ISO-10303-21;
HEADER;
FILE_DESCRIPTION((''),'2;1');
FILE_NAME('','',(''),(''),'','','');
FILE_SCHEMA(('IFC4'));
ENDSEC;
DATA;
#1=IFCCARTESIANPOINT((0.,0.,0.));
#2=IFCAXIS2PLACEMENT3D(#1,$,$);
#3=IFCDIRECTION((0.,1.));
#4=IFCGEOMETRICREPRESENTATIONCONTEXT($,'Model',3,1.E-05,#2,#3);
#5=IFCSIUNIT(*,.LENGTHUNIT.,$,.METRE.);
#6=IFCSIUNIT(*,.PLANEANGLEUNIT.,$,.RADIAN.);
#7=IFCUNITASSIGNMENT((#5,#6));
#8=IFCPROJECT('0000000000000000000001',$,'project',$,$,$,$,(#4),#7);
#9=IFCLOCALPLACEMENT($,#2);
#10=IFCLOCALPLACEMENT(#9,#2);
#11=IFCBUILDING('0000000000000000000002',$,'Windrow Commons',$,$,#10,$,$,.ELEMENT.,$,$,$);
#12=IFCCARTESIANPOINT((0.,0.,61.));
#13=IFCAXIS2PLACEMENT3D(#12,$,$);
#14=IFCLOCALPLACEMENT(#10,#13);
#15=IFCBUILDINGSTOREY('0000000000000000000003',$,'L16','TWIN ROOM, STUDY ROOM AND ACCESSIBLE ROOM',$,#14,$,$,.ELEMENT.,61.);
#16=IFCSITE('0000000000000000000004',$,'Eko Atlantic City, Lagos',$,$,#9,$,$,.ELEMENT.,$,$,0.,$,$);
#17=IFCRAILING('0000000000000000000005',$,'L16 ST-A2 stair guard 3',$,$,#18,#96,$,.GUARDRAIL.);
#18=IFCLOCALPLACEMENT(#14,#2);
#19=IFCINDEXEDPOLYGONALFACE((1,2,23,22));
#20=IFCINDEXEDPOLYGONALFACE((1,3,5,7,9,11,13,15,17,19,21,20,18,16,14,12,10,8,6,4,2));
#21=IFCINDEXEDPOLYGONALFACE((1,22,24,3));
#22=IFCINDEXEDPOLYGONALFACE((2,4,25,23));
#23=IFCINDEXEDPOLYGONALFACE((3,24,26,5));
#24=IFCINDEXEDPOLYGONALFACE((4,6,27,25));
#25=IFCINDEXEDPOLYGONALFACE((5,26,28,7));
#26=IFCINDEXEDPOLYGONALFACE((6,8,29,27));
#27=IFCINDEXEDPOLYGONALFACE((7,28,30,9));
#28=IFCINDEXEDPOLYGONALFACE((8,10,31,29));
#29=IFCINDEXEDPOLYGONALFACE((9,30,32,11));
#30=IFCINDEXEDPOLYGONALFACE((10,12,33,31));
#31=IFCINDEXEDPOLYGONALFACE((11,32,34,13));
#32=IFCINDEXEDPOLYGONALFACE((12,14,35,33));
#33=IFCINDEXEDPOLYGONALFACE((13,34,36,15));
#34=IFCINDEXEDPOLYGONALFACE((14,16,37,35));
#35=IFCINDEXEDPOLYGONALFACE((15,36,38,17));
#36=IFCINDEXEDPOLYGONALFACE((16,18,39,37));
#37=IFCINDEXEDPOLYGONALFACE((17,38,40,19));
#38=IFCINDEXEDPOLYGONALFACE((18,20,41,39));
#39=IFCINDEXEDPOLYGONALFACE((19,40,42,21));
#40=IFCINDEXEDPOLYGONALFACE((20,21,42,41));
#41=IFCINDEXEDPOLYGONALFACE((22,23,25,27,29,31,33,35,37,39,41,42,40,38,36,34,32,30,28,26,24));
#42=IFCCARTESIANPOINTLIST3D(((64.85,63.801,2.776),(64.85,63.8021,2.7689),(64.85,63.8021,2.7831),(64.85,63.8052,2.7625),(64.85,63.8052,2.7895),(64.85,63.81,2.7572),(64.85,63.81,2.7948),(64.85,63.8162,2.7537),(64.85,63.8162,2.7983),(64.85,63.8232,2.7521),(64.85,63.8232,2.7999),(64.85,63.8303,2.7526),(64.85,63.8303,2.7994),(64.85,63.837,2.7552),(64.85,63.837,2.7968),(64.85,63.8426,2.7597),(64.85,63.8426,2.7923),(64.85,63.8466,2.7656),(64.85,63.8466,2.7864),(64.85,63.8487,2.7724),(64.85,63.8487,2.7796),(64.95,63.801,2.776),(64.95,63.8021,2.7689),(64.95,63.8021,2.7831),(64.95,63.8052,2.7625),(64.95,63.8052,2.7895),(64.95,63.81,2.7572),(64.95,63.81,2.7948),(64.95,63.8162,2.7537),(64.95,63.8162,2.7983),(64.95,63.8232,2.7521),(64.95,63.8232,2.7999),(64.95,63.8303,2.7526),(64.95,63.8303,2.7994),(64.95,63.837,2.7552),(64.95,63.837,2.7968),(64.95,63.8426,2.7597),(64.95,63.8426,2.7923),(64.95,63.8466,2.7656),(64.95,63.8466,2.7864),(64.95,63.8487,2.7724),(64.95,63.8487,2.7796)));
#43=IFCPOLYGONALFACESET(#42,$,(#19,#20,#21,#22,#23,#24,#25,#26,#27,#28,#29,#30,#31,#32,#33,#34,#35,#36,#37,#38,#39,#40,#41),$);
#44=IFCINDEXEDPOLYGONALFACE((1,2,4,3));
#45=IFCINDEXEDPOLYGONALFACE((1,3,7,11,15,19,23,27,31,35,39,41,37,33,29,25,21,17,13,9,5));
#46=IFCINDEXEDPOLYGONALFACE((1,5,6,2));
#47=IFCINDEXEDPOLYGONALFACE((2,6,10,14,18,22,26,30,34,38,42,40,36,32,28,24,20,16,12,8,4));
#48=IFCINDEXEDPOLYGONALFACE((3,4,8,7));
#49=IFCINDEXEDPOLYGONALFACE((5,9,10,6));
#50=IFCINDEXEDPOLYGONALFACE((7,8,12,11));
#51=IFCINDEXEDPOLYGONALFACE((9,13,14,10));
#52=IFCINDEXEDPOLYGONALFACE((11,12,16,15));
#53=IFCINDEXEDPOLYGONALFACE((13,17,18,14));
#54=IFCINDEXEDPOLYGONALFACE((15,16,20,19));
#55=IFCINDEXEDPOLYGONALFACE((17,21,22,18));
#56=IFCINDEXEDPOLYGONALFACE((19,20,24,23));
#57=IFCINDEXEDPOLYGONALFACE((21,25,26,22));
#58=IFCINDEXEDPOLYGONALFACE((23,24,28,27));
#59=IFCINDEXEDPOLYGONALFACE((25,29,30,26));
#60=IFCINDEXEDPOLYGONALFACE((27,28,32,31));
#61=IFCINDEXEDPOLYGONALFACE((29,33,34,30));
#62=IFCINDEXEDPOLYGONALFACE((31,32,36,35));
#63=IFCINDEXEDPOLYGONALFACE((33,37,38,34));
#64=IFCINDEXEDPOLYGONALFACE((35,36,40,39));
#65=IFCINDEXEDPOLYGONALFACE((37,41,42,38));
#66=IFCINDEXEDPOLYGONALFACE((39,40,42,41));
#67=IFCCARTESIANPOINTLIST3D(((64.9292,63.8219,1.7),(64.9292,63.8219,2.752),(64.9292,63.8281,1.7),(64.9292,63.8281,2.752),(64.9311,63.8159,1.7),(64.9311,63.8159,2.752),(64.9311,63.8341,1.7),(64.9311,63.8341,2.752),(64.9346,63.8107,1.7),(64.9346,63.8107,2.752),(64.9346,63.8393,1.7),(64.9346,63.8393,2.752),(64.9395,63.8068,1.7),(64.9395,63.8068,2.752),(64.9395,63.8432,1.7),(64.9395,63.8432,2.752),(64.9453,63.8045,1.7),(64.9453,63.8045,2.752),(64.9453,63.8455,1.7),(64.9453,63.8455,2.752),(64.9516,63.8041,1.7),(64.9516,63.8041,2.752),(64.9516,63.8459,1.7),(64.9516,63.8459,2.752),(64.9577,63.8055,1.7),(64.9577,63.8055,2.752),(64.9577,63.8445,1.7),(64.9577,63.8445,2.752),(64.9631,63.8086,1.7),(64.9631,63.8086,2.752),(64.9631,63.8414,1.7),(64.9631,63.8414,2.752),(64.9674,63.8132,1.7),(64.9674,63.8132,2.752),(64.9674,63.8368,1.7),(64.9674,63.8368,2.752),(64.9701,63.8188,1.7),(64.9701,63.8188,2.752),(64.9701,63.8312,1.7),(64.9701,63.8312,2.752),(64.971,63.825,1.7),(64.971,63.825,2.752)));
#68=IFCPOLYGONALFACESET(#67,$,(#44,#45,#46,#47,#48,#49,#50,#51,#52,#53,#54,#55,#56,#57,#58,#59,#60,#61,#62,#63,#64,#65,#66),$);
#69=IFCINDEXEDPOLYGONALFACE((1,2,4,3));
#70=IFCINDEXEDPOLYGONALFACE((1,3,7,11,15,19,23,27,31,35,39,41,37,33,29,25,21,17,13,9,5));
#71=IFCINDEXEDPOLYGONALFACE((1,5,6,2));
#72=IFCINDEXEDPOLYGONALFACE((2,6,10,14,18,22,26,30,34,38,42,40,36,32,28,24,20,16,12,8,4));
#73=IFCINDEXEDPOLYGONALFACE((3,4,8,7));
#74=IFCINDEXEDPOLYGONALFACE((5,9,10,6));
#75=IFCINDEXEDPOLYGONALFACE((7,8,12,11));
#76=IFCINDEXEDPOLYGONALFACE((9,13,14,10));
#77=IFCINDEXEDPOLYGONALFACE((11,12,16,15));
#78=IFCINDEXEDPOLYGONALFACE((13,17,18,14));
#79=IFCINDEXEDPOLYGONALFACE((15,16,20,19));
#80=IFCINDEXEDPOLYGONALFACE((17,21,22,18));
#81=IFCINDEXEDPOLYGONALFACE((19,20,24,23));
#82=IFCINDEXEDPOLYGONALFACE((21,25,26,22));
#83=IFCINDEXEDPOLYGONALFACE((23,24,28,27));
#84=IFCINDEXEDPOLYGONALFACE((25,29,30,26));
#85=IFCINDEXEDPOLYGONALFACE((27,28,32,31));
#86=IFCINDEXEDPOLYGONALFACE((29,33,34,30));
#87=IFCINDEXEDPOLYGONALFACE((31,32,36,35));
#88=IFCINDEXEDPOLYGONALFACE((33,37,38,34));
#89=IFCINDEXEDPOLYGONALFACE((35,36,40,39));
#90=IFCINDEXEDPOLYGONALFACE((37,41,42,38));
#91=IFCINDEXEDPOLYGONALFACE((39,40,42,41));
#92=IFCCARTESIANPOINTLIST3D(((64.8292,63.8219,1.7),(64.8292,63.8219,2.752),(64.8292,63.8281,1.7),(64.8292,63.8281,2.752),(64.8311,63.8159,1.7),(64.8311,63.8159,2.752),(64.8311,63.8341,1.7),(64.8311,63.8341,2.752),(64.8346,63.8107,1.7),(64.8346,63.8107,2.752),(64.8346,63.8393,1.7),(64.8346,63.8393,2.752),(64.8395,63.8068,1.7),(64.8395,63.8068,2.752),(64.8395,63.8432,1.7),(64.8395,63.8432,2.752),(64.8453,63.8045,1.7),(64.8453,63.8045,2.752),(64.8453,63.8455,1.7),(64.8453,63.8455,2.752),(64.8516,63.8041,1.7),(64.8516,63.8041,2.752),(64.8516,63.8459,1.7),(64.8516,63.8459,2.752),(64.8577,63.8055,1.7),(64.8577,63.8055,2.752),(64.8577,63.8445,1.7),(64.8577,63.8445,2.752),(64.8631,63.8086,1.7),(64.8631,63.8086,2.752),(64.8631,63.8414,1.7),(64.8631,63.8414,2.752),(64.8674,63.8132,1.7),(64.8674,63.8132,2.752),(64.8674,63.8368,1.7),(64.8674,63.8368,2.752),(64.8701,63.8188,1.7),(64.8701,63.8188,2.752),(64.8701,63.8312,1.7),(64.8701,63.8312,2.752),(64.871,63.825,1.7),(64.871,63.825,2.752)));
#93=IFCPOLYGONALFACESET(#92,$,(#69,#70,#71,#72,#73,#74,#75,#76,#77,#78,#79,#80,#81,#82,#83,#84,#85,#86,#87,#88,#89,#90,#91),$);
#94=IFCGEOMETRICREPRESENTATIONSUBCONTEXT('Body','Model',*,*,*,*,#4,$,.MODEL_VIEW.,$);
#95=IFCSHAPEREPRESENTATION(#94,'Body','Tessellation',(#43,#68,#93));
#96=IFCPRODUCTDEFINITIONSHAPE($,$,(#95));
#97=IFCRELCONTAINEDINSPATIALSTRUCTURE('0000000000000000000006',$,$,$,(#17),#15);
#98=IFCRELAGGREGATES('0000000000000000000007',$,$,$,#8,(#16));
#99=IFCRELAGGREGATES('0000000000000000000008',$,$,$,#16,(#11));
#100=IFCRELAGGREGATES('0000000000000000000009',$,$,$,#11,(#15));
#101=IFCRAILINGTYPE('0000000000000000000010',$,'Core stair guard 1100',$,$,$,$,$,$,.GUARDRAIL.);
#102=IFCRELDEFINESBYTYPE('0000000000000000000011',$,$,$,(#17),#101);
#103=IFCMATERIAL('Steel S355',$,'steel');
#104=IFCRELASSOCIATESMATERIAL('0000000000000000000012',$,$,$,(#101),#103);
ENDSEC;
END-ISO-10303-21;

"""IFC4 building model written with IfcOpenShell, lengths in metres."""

from ifc_helpers import new_model, si_unit, direction, frame, origin, origin_2d, place, context, subcontext, project, spatial, circle, extrude, material, type_object, element, save


model = new_model("IFC4")

# Units and contexts
model_context = context("Model", 3, precision=1e-05, world=origin(), true_north=direction((0.0, 1.0)))
body_context = subcontext(model_context, "Body", "Model", "MODEL_VIEW")
ifc_project = project(units=[si_unit("LENGTHUNIT", "METRE"), si_unit("PLANEANGLEUNIT", "RADIAN")], contexts=[model_context])

# Site, building, storey
site_placement = place(None, origin())
site = spatial("IfcSite", under=ifc_project, at=site_placement, Name="Eko Atlantic City, Lagos", CompositionType="ELEMENT", RefElevation=0.0)
building_placement = place(site_placement, origin())
building = spatial("IfcBuilding", under=site, at=building_placement, Name="Windrow Commons", CompositionType="ELEMENT")
storey_placement = place(building_placement, frame((0.0, 0.0, 61.0)))
storey = spatial("IfcBuildingStorey", under=building, at=storey_placement, Name="L16", Description="TWIN ROOM, STUDY ROOM AND ACCESSIBLE ROOM", CompositionType="ELEMENT", Elevation=61.0)

# Railing
ifc_material_1 = material(Name="Steel S355", Category="steel")
railing_type_1 = type_object("IfcRailingType", Name="Core stair guard 1100", PredefinedType="GUARDRAIL", material=ifc_material_1)
railing_1_placement = place(storey_placement, frame((64.95, 63.825, 1.7)))
element("IfcRailing", 1, at=railing_1_placement, inside=storey, type_object=railing_type_1, Name="L16 ST-A2 stair guard 3", PredefinedType="GUARDRAIL", context=body_context, shape_type="SweptSolid", body=[
    extrude(circle(Radius=0.024, at=origin_2d()), frame((0.0, 0.0, 1.076), z_axis=(-1.0, 0.0, 0.0), x_axis=(0.0, -1.0, 0.0)), (0.0, 0.0, 1.0), 0.1),
    extrude(circle(Radius=0.021, at=origin_2d()), origin(), (0.0, 0.0, 1.0), 1.052),
    extrude(circle(Radius=0.021, at=origin_2d()), frame((-0.1, 0.0, 0.0)), (0.0, 0.0, 1.0), 1.052),
])

save(model, "model.ifc")
